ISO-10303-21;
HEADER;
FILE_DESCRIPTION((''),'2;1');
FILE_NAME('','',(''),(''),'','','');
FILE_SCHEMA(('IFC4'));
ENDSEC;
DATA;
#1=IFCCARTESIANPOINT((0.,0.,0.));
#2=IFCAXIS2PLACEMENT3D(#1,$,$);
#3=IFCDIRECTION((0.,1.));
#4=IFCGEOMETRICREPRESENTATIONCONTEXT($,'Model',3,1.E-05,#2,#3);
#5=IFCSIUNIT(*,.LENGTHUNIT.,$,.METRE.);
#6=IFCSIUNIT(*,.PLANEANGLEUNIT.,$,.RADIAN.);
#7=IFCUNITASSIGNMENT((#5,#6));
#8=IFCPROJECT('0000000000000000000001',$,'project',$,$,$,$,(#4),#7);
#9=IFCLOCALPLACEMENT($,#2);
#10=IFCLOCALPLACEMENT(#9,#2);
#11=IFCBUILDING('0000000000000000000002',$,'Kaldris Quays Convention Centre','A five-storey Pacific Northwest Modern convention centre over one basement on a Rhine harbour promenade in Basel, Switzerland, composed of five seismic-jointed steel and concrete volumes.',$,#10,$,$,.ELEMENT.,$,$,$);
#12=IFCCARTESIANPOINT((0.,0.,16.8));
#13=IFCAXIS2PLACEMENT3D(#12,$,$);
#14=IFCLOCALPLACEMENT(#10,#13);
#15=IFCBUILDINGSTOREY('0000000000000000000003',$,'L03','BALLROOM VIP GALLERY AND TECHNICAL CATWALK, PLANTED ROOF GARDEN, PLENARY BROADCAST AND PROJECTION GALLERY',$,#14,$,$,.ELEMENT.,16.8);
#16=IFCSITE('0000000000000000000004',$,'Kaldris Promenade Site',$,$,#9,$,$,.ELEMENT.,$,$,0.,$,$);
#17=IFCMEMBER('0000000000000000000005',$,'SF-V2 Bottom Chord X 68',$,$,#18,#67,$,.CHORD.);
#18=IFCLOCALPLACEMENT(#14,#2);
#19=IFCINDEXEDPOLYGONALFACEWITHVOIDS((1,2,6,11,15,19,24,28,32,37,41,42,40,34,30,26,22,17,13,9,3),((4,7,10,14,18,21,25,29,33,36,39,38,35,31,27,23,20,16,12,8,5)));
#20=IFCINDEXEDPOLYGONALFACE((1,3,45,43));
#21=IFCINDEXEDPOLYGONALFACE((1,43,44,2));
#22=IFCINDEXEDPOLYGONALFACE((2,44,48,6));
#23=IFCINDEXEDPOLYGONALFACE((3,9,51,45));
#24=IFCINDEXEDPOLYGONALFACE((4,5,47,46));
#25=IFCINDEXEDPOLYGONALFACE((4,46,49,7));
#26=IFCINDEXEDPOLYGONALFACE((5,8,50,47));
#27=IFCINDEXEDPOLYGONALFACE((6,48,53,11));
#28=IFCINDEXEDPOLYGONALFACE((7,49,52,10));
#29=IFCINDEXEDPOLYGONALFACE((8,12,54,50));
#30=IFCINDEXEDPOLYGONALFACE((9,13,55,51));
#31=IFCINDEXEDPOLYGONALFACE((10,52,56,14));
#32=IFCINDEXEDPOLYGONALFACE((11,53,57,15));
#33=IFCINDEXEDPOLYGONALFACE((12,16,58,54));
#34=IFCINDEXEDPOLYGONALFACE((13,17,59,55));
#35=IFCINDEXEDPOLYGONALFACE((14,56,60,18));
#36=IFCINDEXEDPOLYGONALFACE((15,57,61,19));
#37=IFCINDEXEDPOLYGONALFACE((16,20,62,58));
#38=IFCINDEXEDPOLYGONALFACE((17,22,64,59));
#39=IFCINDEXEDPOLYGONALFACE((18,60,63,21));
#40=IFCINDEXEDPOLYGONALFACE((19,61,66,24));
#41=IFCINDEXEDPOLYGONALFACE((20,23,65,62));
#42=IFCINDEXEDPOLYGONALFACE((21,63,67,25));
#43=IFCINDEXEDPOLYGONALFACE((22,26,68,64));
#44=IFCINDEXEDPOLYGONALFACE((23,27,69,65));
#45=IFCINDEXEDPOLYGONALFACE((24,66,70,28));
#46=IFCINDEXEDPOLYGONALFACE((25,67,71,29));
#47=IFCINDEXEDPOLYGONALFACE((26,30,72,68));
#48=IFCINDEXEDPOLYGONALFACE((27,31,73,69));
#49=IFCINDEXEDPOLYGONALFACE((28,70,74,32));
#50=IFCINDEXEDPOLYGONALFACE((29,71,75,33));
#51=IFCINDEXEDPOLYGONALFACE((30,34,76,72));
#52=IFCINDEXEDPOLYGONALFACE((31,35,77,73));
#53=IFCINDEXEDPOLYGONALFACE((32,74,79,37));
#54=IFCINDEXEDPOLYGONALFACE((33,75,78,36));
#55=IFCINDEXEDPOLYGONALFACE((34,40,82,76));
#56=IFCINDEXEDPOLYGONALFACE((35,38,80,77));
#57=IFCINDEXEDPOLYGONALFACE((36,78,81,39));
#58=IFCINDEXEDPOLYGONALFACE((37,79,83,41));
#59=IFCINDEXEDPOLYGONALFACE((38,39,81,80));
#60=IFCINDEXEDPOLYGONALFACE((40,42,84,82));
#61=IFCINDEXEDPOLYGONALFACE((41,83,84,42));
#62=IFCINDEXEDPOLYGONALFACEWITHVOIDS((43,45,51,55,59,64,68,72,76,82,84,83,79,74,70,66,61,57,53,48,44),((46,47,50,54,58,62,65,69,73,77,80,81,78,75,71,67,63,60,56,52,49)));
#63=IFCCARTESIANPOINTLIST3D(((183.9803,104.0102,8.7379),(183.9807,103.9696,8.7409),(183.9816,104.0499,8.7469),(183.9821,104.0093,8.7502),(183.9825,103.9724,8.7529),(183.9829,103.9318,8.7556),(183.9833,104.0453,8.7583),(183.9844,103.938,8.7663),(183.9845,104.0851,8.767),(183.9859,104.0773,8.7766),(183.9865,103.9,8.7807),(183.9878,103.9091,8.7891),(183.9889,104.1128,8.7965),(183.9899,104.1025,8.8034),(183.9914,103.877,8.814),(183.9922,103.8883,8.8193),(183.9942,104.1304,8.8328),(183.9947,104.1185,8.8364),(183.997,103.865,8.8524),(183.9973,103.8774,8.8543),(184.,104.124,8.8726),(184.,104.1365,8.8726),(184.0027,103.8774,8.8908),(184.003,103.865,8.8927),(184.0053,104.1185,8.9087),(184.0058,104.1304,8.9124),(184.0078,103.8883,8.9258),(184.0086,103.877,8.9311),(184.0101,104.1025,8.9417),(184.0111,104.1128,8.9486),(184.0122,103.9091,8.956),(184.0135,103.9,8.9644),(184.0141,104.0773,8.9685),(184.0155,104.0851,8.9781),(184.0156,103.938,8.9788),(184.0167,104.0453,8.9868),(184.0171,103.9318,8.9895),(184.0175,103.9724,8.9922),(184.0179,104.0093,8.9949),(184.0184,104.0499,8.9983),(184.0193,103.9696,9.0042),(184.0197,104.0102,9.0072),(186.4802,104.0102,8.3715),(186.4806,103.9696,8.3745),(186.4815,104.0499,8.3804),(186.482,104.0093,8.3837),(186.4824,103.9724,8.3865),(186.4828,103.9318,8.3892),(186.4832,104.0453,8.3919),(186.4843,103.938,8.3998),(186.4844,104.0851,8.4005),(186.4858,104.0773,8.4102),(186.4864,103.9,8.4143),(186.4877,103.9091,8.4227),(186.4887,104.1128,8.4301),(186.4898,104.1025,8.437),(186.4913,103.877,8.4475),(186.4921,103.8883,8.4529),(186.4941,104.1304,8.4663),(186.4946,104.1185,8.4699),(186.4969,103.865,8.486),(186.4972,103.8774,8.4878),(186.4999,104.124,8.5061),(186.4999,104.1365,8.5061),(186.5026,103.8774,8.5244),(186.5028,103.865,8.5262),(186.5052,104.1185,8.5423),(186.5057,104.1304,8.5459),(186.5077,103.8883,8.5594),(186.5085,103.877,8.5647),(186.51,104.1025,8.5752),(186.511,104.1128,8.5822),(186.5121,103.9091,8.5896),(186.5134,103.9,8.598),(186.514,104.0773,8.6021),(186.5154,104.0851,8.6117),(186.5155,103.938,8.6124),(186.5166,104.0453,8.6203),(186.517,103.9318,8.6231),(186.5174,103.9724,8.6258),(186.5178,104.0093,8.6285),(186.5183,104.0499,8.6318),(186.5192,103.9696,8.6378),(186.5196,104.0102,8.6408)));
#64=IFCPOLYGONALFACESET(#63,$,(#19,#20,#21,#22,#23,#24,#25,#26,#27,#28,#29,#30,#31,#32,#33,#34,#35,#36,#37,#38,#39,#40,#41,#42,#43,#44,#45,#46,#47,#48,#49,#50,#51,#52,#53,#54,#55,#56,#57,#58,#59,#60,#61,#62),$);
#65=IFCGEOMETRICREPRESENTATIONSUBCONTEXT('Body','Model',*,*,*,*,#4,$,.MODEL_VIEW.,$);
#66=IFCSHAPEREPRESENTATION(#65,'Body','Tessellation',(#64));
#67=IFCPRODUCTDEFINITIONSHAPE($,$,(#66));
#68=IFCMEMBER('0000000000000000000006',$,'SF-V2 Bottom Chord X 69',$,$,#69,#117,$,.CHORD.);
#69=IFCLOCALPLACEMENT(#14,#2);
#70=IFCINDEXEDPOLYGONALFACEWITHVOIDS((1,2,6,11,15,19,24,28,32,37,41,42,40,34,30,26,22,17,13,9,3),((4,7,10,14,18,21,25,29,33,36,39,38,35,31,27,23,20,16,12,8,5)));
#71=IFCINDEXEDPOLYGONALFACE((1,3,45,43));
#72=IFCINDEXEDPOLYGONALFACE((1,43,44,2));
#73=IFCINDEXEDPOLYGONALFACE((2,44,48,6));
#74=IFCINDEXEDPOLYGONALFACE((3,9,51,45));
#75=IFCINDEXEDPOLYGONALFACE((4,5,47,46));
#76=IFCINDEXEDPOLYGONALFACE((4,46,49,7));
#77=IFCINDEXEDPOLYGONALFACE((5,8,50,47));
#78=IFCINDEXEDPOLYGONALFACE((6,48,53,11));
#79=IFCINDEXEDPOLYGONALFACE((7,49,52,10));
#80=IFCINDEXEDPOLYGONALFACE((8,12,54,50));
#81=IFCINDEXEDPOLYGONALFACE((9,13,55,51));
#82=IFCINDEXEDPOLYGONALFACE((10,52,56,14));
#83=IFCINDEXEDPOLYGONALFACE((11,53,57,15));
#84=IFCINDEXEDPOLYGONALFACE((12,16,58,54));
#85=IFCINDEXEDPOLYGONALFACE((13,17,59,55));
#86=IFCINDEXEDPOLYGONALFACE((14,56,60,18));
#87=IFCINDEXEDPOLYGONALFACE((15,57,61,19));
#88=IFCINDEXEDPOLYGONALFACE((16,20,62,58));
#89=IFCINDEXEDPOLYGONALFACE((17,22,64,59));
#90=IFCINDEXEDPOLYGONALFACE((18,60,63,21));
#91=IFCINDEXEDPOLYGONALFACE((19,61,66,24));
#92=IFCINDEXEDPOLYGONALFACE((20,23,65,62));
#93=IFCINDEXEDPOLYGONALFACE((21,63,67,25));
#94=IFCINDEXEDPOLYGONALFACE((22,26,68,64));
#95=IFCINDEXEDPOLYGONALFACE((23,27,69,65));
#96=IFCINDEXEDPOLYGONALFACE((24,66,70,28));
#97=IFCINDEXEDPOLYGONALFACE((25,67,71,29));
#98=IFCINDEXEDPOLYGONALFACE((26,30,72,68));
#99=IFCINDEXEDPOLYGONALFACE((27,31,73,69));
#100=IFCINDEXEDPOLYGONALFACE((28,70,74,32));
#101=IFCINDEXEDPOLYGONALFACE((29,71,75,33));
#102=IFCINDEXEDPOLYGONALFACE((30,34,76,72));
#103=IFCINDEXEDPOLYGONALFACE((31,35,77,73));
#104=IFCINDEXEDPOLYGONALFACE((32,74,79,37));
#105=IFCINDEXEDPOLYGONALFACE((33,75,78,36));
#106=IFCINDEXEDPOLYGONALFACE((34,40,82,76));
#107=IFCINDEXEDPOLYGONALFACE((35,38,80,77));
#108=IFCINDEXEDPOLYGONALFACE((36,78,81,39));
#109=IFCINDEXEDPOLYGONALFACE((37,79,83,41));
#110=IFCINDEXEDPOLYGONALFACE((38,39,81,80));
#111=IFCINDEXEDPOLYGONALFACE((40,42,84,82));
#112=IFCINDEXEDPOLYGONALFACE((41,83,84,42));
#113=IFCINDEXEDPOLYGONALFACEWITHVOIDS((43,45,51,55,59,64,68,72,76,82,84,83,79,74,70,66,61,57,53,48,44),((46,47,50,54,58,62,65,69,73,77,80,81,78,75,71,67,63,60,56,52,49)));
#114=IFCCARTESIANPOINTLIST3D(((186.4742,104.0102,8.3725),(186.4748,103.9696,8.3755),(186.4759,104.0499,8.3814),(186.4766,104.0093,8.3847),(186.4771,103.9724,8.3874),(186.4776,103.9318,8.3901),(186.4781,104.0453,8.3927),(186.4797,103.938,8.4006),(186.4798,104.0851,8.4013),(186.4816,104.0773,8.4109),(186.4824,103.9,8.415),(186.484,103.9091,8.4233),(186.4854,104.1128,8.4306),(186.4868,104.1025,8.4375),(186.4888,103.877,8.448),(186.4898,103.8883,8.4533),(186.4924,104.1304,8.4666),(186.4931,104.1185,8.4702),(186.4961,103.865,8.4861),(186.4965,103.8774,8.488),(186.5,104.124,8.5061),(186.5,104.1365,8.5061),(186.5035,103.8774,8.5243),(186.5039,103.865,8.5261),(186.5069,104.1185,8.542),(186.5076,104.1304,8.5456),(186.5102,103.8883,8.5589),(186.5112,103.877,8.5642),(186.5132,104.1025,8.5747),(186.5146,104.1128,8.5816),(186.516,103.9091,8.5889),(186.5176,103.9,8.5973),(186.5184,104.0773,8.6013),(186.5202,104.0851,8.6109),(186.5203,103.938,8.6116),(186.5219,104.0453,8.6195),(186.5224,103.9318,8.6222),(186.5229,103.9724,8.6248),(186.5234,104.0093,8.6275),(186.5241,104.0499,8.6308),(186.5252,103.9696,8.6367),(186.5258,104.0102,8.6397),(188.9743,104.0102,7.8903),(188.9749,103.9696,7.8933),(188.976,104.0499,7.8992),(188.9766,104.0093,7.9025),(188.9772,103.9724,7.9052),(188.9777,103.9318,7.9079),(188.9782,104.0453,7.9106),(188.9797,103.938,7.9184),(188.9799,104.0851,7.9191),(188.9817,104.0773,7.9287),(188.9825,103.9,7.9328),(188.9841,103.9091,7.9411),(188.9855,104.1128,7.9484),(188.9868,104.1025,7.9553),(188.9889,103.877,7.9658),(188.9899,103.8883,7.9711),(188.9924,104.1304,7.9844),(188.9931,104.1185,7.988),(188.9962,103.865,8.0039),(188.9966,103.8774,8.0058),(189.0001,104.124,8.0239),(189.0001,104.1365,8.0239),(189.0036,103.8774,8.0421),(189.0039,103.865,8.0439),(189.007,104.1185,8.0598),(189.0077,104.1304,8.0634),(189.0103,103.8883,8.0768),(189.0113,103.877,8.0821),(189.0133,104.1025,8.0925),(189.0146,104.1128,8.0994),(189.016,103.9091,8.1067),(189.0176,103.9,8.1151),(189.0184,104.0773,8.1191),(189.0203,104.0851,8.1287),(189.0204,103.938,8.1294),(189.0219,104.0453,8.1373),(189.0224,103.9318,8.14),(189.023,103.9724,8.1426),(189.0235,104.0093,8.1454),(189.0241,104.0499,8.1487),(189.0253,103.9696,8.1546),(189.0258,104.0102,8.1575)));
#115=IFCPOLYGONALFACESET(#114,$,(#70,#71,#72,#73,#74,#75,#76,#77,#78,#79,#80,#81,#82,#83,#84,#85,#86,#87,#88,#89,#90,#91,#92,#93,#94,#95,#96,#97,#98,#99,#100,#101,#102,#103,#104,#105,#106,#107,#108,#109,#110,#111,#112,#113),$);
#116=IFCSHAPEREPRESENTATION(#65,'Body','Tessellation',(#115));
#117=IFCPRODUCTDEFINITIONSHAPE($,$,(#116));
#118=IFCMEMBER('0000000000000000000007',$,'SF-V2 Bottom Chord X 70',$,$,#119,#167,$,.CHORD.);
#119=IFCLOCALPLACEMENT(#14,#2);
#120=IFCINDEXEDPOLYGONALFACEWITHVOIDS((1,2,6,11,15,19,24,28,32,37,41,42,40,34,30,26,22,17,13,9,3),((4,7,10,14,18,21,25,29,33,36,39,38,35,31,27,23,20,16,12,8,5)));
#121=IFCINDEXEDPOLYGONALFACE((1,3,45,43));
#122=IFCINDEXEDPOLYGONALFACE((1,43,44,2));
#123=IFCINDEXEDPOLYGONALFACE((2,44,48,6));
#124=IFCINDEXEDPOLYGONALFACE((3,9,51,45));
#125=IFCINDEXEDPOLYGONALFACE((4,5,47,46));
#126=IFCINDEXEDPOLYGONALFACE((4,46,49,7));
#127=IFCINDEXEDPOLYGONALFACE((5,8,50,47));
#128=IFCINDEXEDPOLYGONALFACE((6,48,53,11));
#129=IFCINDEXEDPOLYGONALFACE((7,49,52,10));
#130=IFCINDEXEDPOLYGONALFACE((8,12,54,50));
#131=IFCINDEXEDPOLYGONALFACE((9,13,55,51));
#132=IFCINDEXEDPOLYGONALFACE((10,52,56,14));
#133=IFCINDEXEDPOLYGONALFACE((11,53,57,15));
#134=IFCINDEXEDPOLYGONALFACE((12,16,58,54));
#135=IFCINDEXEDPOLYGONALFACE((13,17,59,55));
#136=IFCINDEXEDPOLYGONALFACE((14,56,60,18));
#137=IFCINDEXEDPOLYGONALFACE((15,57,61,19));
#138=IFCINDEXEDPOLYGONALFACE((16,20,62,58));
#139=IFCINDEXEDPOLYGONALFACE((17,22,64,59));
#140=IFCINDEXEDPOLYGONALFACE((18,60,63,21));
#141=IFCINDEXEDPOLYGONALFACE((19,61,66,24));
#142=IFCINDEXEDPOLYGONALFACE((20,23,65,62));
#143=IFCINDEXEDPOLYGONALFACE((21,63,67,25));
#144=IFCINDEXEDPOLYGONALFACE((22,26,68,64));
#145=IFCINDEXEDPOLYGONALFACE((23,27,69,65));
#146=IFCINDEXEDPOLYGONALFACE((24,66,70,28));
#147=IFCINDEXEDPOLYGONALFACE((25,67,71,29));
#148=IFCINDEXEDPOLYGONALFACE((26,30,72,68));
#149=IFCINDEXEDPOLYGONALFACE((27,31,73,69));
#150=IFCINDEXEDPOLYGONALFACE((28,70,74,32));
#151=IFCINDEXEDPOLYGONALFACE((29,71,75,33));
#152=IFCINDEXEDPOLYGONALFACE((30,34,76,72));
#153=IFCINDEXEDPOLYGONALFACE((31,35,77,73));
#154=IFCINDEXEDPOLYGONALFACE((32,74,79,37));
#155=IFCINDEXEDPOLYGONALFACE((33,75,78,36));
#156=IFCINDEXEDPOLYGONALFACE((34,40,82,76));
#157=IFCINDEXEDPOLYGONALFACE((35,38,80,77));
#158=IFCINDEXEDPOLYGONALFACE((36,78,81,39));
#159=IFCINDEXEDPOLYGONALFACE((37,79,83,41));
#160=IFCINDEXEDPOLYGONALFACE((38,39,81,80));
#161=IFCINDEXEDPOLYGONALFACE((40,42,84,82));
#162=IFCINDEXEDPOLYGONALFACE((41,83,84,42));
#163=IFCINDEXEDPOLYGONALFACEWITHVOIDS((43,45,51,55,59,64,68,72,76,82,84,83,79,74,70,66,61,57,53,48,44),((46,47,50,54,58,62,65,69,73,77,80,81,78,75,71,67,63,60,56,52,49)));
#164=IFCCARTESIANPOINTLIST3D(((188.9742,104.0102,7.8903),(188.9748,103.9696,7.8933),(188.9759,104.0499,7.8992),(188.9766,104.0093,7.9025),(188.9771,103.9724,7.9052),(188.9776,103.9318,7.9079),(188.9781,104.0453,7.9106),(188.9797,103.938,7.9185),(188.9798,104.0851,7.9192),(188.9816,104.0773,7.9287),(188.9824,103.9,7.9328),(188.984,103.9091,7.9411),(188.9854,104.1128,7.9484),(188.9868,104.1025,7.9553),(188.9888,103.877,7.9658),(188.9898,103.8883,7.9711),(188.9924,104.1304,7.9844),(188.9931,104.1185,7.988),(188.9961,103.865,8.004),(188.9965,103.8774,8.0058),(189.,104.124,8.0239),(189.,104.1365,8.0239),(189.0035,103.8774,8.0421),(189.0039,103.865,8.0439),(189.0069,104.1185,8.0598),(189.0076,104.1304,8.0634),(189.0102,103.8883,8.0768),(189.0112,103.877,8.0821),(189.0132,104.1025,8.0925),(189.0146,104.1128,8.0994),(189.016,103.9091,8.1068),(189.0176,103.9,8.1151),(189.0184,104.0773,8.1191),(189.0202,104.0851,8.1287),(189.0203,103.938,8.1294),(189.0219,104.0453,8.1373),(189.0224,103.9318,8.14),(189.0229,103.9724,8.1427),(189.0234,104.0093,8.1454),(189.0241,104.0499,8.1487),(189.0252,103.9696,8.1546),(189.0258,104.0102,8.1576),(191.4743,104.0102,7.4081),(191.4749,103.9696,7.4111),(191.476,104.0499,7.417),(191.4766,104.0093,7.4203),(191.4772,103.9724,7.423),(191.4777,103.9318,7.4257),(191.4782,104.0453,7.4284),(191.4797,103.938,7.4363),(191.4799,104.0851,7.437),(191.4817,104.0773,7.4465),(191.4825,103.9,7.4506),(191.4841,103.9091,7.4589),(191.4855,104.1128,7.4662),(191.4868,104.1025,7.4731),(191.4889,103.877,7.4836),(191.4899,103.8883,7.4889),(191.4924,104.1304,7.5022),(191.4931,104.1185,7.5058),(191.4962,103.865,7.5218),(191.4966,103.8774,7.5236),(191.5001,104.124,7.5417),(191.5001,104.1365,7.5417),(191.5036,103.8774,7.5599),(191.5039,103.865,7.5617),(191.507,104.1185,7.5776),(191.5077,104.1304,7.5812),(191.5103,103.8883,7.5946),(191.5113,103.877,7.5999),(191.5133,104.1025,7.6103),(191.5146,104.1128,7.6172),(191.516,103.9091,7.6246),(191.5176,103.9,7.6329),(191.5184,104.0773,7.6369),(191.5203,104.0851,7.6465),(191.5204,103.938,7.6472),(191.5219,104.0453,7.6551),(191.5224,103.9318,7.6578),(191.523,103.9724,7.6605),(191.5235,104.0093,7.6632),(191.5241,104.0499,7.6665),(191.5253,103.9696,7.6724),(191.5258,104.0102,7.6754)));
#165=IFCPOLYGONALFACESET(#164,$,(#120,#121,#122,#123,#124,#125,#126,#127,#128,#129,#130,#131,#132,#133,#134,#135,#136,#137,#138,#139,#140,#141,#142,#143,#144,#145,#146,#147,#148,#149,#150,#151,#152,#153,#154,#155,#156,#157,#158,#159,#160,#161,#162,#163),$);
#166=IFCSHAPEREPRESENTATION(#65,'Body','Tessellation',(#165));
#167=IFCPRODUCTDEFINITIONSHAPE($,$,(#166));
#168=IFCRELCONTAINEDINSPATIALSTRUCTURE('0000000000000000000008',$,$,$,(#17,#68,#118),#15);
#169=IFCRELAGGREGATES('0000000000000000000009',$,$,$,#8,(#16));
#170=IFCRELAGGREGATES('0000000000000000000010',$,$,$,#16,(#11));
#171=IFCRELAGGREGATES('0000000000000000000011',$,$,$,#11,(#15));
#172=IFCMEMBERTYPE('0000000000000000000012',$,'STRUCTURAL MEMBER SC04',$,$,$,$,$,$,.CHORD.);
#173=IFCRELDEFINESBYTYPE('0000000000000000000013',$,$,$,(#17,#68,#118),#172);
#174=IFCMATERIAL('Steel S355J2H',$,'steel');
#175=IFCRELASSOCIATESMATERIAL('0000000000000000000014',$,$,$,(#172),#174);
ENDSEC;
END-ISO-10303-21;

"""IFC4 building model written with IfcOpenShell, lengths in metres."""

from ifc_helpers import new_model, si_unit, direction, frame, origin, origin_2d, place, context, subcontext, project, spatial, hollow_circle, extrude, material, material_profile, profile_set, type_object, element, save


model = new_model("IFC4")

# Units and contexts
model_context = context("Model", 3, precision=1e-05, world=origin(), true_north=direction((0.0, 1.0)))
body_context = subcontext(model_context, "Body", "Model", "MODEL_VIEW")
ifc_project = project(units=[si_unit("LENGTHUNIT", "METRE"), si_unit("PLANEANGLEUNIT", "RADIAN")], contexts=[model_context])

# Site, building, storey
site_placement = place(None, origin())
site = spatial("IfcSite", under=ifc_project, at=site_placement, Name="Kaldris Promenade Site", CompositionType="ELEMENT", RefElevation=0.0)
building_placement = place(site_placement, origin())
building = spatial("IfcBuilding", under=site, at=building_placement, Name="Kaldris Quays Convention Centre", Description="A five-storey Pacific Northwest Modern convention centre over one basement on a Rhine harbour promenade in Basel, Switzerland, composed of five seismic-jointed steel and concrete volumes.", CompositionType="ELEMENT")
storey_placement = place(building_placement, frame((0.0, 0.0, 16.8)))
storey = spatial("IfcBuildingStorey", under=building, at=storey_placement, Name="L03", Description="BALLROOM VIP GALLERY AND TECHNICAL CATWALK, PLANTED ROOF GARDEN, PLENARY BROADCAST AND PROJECTION GALLERY", CompositionType="ELEMENT", Elevation=16.8)

# Members
ifc_material_1 = material(Name="Steel S355J2H", Category="steel")
ifc_material_profile_1 = material_profile(ifc_material_1, hollow_circle(Radius=0.1365, WallThickness=0.0125, at=origin_2d()), Name="CHS 273x12.5")
ifc_profile_set_1 = profile_set([ifc_material_profile_1], Name="Steel S355J2H")
member_type_1 = type_object("IfcMemberType", Name="STRUCTURAL MEMBER SC04", PredefinedType="CHORD", material=ifc_profile_set_1)
member_1_placement = place(storey_placement, frame((184.0, 104.0, 8.8726), z_axis=(0.989427, 0.0, -0.145032), x_axis=(0.0, 1.0, 0.0)))
element("IfcMember", 1, at=member_1_placement, inside=storey, type_object=member_type_1, Name="SF-V2 Bottom Chord X 68", PredefinedType="CHORD", context=body_context, shape_type="SweptSolid", body=[
    extrude(hollow_circle(Radius=0.1365, WallThickness=0.0125, at=origin_2d()), origin(), (0.0, 0.0, 1.0), 2.5266),
])
for number, where, z_axis, x_axis, name in (
    (2, (186.5, 104.0, 8.5061), (0.981904, 0.0, -0.189381), (0.0, 1.0, 0.0), "SF-V2 Bottom Chord X 69"),
    (3, (189.0, 104.0, 8.0239), (0.981904, 0.0, -0.189381), (0.0, 1.0, 0.0), "SF-V2 Bottom Chord X 70"),
):
    element("IfcMember", number, at=place(storey_placement, frame(where, z_axis=z_axis, x_axis=x_axis)), inside=storey, type_object=member_type_1, Name=name, PredefinedType="CHORD", context=body_context, shape_type="SweptSolid", body=[
        extrude(hollow_circle(Radius=0.1365, WallThickness=0.0125, at=origin_2d()), origin(), (0.0, 0.0, 1.0), 2.5461),
    ])

save(model, "model.ifc")
